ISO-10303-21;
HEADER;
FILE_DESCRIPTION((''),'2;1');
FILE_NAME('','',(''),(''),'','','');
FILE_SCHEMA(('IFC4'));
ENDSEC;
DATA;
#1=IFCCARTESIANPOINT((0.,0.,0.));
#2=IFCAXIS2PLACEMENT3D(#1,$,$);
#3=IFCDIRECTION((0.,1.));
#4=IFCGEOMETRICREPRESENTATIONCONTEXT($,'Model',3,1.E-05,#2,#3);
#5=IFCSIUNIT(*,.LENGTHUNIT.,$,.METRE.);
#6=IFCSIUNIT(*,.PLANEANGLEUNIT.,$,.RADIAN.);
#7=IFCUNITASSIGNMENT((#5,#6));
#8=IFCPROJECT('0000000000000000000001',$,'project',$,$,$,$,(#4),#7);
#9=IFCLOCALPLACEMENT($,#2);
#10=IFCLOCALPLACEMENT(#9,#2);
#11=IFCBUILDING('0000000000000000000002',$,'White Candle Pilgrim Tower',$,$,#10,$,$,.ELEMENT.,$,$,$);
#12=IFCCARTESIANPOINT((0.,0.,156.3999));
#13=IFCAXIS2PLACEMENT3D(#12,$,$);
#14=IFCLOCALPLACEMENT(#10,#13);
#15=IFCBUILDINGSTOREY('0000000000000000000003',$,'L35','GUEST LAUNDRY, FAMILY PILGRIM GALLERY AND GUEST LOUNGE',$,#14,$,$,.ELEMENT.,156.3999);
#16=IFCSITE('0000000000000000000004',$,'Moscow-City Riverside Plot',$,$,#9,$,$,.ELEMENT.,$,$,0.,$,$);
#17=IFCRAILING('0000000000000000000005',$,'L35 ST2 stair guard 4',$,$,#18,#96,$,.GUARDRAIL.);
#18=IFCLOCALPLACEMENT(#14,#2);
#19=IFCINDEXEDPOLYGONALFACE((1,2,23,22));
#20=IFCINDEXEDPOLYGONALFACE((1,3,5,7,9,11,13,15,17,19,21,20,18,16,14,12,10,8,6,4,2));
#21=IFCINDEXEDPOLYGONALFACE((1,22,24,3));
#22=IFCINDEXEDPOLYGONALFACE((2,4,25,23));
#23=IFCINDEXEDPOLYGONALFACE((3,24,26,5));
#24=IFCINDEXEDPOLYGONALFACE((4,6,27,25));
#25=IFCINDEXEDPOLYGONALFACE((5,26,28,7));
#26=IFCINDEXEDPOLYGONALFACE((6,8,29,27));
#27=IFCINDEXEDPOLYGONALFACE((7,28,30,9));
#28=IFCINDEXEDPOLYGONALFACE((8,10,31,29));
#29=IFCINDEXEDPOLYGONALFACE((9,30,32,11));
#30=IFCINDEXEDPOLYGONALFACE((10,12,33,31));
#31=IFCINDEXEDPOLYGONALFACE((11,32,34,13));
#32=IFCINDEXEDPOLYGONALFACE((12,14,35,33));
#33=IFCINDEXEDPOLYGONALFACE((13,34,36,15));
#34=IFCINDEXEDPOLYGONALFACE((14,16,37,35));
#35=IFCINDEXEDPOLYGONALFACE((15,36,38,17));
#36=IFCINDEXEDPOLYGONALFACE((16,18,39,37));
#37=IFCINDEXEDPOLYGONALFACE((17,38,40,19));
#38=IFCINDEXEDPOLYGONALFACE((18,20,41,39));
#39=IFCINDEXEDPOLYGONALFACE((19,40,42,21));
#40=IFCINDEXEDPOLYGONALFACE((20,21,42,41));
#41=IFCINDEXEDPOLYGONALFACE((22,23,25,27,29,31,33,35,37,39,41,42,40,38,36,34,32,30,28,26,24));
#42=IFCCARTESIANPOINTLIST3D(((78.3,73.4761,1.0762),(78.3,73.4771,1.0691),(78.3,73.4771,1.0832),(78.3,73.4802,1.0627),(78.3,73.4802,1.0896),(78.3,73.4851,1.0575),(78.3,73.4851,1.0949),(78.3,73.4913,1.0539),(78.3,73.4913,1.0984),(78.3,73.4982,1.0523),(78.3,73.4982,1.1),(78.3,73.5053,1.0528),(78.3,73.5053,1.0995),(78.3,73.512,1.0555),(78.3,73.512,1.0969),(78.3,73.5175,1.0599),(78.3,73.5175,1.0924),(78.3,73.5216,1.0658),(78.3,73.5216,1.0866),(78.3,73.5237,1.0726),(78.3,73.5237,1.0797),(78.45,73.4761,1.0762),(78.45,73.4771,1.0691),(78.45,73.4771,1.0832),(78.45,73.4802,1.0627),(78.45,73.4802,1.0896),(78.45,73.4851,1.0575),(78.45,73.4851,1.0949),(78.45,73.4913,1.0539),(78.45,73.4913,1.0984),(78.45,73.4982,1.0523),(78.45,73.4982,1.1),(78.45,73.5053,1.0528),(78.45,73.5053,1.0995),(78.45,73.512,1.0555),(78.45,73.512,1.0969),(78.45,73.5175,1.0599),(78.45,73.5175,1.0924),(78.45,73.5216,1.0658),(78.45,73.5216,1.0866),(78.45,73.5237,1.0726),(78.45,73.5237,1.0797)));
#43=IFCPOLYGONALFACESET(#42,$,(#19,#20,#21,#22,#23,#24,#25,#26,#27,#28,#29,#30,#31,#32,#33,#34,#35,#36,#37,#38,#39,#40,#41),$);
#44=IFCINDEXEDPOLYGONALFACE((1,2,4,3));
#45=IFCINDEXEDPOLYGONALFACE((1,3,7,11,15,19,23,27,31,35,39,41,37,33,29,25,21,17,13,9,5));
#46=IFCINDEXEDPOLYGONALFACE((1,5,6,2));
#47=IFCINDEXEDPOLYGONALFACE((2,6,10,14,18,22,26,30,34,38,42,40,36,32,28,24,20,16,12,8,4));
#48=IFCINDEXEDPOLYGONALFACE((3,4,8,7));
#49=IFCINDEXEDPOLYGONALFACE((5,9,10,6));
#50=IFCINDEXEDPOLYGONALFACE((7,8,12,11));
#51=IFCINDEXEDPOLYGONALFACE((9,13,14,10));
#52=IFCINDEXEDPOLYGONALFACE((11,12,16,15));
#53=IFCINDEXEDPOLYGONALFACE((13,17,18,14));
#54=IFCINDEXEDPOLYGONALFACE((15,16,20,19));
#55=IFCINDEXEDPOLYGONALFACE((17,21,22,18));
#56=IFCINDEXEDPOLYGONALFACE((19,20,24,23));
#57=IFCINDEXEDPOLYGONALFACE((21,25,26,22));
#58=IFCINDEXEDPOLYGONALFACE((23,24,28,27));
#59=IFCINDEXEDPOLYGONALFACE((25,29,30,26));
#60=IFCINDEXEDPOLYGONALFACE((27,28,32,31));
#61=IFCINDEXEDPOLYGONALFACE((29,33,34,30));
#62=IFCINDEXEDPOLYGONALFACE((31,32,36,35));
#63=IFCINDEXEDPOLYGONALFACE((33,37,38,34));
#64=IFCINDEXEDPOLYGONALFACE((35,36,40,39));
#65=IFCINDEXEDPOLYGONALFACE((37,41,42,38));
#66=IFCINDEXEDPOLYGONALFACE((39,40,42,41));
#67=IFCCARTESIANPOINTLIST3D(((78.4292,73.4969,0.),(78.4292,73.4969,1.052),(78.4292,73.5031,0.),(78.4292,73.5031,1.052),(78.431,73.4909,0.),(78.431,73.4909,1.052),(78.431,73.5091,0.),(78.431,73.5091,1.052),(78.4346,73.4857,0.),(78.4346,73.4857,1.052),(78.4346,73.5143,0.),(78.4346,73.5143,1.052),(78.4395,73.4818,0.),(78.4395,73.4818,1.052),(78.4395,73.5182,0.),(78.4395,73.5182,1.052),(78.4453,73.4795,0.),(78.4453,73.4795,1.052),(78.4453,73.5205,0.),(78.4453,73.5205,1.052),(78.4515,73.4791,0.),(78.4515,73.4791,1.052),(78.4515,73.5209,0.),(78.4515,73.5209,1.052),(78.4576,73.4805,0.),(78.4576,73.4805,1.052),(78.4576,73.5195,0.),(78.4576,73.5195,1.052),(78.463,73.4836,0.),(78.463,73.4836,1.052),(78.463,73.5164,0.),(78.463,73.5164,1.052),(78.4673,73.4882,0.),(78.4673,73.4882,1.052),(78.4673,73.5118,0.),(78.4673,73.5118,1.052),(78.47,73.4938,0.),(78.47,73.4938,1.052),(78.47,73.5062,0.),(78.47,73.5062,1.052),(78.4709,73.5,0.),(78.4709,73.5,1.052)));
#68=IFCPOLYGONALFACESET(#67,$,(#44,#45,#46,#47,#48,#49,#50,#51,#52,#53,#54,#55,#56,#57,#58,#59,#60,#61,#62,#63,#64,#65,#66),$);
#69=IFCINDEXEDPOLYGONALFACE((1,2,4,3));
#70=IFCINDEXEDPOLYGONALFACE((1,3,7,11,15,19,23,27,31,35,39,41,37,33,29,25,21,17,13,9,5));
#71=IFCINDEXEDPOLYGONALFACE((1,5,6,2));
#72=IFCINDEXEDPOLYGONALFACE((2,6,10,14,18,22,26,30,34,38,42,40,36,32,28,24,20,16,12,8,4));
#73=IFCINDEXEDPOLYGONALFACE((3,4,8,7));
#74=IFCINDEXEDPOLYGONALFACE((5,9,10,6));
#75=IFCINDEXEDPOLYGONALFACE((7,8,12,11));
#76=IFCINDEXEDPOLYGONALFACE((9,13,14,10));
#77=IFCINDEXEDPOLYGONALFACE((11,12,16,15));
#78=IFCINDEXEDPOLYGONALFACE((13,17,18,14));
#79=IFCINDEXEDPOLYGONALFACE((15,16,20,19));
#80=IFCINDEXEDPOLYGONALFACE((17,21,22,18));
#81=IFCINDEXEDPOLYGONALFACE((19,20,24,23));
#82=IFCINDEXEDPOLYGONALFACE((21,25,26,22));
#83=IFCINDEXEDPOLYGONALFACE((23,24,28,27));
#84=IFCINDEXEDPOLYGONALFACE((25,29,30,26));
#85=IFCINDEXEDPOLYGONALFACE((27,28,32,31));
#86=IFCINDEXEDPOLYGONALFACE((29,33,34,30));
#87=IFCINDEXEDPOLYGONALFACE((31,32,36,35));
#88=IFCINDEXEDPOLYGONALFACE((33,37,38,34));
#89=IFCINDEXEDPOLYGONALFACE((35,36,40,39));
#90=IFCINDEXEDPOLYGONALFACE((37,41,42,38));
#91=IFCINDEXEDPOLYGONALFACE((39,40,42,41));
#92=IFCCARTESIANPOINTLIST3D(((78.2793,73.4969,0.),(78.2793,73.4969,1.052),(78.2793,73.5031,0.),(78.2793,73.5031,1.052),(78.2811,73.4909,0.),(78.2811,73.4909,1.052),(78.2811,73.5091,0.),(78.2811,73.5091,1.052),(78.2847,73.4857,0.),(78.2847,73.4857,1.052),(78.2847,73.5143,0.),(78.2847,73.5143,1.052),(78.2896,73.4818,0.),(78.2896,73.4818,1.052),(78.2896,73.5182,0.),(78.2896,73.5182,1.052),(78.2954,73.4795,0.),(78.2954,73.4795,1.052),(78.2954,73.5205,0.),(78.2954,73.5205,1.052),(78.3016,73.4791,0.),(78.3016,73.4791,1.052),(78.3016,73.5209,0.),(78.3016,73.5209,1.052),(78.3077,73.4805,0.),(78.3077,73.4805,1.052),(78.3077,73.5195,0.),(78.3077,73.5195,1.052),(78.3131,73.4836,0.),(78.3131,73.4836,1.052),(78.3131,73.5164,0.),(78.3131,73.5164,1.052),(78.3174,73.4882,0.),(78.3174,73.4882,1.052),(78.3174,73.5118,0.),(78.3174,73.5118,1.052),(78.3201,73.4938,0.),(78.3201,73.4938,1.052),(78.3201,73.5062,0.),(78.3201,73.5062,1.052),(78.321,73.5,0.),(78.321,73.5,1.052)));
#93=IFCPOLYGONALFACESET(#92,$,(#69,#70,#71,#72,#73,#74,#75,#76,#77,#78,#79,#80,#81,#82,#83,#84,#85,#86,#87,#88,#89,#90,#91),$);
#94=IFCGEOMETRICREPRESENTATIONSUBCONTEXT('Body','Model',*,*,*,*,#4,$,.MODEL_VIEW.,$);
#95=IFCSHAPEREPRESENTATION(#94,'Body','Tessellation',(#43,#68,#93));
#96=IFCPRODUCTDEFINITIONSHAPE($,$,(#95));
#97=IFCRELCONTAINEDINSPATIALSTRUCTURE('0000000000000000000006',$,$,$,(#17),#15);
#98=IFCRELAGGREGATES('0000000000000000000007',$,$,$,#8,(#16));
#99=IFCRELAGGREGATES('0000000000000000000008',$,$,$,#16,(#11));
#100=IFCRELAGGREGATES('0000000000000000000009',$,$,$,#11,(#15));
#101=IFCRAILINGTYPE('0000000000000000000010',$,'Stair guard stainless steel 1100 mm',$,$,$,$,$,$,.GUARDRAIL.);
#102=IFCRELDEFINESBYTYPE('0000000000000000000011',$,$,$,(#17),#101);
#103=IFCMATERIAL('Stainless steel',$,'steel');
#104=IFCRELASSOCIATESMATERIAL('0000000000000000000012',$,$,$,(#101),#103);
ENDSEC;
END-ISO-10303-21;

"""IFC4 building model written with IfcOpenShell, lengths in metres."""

from ifc_helpers import new_model, si_unit, direction, frame, origin, origin_2d, place, context, subcontext, project, spatial, circle, extrude, material, type_object, element, save


model = new_model("IFC4")

# Units and contexts
model_context = context("Model", 3, precision=1e-05, world=origin(), true_north=direction((0.0, 1.0)))
body_context = subcontext(model_context, "Body", "Model", "MODEL_VIEW")
ifc_project = project(units=[si_unit("LENGTHUNIT", "METRE"), si_unit("PLANEANGLEUNIT", "RADIAN")], contexts=[model_context])

# Site, building, storey
site_placement = place(None, origin())
site = spatial("IfcSite", under=ifc_project, at=site_placement, Name="Moscow-City Riverside Plot", CompositionType="ELEMENT", RefElevation=0.0)
building_placement = place(site_placement, origin())
building = spatial("IfcBuilding", under=site, at=building_placement, Name="White Candle Pilgrim Tower", CompositionType="ELEMENT")
storey_placement = place(building_placement, frame((0.0, 0.0, 156.3999)))
storey = spatial("IfcBuildingStorey", under=building, at=storey_placement, Name="L35", Description="GUEST LAUNDRY, FAMILY PILGRIM GALLERY AND GUEST LOUNGE", CompositionType="ELEMENT", Elevation=156.3999)

# Railing
ifc_material_1 = material(Name="Stainless steel", Category="steel")
railing_type = type_object("IfcRailingType", Name="Stair guard stainless steel 1100 mm", PredefinedType="GUARDRAIL", material=ifc_material_1)
railing_1_placement = place(storey_placement, frame((78.45, 73.5, 0.0)))
element("IfcRailing", 1, at=railing_1_placement, inside=storey, type_object=railing_type, Name="L35 ST2 stair guard 4", PredefinedType="GUARDRAIL", context=body_context, shape_type="SweptSolid", body=[
    extrude(circle(Radius=0.0239, at=origin_2d()), frame((0.0, 0.0, 1.0762), z_axis=(-1.0, 0.0, 0.0), x_axis=(0.0, -1.0, 0.0)), (0.0, 0.0, 1.0), 0.1499),
    extrude(circle(Radius=0.021, at=origin_2d()), origin(), (0.0, 0.0, 1.0), 1.052),
    extrude(circle(Radius=0.021, at=origin_2d()), frame((-0.1499, 0.0, 0.0)), (0.0, 0.0, 1.0), 1.052),
])

save(model, "model.ifc")
